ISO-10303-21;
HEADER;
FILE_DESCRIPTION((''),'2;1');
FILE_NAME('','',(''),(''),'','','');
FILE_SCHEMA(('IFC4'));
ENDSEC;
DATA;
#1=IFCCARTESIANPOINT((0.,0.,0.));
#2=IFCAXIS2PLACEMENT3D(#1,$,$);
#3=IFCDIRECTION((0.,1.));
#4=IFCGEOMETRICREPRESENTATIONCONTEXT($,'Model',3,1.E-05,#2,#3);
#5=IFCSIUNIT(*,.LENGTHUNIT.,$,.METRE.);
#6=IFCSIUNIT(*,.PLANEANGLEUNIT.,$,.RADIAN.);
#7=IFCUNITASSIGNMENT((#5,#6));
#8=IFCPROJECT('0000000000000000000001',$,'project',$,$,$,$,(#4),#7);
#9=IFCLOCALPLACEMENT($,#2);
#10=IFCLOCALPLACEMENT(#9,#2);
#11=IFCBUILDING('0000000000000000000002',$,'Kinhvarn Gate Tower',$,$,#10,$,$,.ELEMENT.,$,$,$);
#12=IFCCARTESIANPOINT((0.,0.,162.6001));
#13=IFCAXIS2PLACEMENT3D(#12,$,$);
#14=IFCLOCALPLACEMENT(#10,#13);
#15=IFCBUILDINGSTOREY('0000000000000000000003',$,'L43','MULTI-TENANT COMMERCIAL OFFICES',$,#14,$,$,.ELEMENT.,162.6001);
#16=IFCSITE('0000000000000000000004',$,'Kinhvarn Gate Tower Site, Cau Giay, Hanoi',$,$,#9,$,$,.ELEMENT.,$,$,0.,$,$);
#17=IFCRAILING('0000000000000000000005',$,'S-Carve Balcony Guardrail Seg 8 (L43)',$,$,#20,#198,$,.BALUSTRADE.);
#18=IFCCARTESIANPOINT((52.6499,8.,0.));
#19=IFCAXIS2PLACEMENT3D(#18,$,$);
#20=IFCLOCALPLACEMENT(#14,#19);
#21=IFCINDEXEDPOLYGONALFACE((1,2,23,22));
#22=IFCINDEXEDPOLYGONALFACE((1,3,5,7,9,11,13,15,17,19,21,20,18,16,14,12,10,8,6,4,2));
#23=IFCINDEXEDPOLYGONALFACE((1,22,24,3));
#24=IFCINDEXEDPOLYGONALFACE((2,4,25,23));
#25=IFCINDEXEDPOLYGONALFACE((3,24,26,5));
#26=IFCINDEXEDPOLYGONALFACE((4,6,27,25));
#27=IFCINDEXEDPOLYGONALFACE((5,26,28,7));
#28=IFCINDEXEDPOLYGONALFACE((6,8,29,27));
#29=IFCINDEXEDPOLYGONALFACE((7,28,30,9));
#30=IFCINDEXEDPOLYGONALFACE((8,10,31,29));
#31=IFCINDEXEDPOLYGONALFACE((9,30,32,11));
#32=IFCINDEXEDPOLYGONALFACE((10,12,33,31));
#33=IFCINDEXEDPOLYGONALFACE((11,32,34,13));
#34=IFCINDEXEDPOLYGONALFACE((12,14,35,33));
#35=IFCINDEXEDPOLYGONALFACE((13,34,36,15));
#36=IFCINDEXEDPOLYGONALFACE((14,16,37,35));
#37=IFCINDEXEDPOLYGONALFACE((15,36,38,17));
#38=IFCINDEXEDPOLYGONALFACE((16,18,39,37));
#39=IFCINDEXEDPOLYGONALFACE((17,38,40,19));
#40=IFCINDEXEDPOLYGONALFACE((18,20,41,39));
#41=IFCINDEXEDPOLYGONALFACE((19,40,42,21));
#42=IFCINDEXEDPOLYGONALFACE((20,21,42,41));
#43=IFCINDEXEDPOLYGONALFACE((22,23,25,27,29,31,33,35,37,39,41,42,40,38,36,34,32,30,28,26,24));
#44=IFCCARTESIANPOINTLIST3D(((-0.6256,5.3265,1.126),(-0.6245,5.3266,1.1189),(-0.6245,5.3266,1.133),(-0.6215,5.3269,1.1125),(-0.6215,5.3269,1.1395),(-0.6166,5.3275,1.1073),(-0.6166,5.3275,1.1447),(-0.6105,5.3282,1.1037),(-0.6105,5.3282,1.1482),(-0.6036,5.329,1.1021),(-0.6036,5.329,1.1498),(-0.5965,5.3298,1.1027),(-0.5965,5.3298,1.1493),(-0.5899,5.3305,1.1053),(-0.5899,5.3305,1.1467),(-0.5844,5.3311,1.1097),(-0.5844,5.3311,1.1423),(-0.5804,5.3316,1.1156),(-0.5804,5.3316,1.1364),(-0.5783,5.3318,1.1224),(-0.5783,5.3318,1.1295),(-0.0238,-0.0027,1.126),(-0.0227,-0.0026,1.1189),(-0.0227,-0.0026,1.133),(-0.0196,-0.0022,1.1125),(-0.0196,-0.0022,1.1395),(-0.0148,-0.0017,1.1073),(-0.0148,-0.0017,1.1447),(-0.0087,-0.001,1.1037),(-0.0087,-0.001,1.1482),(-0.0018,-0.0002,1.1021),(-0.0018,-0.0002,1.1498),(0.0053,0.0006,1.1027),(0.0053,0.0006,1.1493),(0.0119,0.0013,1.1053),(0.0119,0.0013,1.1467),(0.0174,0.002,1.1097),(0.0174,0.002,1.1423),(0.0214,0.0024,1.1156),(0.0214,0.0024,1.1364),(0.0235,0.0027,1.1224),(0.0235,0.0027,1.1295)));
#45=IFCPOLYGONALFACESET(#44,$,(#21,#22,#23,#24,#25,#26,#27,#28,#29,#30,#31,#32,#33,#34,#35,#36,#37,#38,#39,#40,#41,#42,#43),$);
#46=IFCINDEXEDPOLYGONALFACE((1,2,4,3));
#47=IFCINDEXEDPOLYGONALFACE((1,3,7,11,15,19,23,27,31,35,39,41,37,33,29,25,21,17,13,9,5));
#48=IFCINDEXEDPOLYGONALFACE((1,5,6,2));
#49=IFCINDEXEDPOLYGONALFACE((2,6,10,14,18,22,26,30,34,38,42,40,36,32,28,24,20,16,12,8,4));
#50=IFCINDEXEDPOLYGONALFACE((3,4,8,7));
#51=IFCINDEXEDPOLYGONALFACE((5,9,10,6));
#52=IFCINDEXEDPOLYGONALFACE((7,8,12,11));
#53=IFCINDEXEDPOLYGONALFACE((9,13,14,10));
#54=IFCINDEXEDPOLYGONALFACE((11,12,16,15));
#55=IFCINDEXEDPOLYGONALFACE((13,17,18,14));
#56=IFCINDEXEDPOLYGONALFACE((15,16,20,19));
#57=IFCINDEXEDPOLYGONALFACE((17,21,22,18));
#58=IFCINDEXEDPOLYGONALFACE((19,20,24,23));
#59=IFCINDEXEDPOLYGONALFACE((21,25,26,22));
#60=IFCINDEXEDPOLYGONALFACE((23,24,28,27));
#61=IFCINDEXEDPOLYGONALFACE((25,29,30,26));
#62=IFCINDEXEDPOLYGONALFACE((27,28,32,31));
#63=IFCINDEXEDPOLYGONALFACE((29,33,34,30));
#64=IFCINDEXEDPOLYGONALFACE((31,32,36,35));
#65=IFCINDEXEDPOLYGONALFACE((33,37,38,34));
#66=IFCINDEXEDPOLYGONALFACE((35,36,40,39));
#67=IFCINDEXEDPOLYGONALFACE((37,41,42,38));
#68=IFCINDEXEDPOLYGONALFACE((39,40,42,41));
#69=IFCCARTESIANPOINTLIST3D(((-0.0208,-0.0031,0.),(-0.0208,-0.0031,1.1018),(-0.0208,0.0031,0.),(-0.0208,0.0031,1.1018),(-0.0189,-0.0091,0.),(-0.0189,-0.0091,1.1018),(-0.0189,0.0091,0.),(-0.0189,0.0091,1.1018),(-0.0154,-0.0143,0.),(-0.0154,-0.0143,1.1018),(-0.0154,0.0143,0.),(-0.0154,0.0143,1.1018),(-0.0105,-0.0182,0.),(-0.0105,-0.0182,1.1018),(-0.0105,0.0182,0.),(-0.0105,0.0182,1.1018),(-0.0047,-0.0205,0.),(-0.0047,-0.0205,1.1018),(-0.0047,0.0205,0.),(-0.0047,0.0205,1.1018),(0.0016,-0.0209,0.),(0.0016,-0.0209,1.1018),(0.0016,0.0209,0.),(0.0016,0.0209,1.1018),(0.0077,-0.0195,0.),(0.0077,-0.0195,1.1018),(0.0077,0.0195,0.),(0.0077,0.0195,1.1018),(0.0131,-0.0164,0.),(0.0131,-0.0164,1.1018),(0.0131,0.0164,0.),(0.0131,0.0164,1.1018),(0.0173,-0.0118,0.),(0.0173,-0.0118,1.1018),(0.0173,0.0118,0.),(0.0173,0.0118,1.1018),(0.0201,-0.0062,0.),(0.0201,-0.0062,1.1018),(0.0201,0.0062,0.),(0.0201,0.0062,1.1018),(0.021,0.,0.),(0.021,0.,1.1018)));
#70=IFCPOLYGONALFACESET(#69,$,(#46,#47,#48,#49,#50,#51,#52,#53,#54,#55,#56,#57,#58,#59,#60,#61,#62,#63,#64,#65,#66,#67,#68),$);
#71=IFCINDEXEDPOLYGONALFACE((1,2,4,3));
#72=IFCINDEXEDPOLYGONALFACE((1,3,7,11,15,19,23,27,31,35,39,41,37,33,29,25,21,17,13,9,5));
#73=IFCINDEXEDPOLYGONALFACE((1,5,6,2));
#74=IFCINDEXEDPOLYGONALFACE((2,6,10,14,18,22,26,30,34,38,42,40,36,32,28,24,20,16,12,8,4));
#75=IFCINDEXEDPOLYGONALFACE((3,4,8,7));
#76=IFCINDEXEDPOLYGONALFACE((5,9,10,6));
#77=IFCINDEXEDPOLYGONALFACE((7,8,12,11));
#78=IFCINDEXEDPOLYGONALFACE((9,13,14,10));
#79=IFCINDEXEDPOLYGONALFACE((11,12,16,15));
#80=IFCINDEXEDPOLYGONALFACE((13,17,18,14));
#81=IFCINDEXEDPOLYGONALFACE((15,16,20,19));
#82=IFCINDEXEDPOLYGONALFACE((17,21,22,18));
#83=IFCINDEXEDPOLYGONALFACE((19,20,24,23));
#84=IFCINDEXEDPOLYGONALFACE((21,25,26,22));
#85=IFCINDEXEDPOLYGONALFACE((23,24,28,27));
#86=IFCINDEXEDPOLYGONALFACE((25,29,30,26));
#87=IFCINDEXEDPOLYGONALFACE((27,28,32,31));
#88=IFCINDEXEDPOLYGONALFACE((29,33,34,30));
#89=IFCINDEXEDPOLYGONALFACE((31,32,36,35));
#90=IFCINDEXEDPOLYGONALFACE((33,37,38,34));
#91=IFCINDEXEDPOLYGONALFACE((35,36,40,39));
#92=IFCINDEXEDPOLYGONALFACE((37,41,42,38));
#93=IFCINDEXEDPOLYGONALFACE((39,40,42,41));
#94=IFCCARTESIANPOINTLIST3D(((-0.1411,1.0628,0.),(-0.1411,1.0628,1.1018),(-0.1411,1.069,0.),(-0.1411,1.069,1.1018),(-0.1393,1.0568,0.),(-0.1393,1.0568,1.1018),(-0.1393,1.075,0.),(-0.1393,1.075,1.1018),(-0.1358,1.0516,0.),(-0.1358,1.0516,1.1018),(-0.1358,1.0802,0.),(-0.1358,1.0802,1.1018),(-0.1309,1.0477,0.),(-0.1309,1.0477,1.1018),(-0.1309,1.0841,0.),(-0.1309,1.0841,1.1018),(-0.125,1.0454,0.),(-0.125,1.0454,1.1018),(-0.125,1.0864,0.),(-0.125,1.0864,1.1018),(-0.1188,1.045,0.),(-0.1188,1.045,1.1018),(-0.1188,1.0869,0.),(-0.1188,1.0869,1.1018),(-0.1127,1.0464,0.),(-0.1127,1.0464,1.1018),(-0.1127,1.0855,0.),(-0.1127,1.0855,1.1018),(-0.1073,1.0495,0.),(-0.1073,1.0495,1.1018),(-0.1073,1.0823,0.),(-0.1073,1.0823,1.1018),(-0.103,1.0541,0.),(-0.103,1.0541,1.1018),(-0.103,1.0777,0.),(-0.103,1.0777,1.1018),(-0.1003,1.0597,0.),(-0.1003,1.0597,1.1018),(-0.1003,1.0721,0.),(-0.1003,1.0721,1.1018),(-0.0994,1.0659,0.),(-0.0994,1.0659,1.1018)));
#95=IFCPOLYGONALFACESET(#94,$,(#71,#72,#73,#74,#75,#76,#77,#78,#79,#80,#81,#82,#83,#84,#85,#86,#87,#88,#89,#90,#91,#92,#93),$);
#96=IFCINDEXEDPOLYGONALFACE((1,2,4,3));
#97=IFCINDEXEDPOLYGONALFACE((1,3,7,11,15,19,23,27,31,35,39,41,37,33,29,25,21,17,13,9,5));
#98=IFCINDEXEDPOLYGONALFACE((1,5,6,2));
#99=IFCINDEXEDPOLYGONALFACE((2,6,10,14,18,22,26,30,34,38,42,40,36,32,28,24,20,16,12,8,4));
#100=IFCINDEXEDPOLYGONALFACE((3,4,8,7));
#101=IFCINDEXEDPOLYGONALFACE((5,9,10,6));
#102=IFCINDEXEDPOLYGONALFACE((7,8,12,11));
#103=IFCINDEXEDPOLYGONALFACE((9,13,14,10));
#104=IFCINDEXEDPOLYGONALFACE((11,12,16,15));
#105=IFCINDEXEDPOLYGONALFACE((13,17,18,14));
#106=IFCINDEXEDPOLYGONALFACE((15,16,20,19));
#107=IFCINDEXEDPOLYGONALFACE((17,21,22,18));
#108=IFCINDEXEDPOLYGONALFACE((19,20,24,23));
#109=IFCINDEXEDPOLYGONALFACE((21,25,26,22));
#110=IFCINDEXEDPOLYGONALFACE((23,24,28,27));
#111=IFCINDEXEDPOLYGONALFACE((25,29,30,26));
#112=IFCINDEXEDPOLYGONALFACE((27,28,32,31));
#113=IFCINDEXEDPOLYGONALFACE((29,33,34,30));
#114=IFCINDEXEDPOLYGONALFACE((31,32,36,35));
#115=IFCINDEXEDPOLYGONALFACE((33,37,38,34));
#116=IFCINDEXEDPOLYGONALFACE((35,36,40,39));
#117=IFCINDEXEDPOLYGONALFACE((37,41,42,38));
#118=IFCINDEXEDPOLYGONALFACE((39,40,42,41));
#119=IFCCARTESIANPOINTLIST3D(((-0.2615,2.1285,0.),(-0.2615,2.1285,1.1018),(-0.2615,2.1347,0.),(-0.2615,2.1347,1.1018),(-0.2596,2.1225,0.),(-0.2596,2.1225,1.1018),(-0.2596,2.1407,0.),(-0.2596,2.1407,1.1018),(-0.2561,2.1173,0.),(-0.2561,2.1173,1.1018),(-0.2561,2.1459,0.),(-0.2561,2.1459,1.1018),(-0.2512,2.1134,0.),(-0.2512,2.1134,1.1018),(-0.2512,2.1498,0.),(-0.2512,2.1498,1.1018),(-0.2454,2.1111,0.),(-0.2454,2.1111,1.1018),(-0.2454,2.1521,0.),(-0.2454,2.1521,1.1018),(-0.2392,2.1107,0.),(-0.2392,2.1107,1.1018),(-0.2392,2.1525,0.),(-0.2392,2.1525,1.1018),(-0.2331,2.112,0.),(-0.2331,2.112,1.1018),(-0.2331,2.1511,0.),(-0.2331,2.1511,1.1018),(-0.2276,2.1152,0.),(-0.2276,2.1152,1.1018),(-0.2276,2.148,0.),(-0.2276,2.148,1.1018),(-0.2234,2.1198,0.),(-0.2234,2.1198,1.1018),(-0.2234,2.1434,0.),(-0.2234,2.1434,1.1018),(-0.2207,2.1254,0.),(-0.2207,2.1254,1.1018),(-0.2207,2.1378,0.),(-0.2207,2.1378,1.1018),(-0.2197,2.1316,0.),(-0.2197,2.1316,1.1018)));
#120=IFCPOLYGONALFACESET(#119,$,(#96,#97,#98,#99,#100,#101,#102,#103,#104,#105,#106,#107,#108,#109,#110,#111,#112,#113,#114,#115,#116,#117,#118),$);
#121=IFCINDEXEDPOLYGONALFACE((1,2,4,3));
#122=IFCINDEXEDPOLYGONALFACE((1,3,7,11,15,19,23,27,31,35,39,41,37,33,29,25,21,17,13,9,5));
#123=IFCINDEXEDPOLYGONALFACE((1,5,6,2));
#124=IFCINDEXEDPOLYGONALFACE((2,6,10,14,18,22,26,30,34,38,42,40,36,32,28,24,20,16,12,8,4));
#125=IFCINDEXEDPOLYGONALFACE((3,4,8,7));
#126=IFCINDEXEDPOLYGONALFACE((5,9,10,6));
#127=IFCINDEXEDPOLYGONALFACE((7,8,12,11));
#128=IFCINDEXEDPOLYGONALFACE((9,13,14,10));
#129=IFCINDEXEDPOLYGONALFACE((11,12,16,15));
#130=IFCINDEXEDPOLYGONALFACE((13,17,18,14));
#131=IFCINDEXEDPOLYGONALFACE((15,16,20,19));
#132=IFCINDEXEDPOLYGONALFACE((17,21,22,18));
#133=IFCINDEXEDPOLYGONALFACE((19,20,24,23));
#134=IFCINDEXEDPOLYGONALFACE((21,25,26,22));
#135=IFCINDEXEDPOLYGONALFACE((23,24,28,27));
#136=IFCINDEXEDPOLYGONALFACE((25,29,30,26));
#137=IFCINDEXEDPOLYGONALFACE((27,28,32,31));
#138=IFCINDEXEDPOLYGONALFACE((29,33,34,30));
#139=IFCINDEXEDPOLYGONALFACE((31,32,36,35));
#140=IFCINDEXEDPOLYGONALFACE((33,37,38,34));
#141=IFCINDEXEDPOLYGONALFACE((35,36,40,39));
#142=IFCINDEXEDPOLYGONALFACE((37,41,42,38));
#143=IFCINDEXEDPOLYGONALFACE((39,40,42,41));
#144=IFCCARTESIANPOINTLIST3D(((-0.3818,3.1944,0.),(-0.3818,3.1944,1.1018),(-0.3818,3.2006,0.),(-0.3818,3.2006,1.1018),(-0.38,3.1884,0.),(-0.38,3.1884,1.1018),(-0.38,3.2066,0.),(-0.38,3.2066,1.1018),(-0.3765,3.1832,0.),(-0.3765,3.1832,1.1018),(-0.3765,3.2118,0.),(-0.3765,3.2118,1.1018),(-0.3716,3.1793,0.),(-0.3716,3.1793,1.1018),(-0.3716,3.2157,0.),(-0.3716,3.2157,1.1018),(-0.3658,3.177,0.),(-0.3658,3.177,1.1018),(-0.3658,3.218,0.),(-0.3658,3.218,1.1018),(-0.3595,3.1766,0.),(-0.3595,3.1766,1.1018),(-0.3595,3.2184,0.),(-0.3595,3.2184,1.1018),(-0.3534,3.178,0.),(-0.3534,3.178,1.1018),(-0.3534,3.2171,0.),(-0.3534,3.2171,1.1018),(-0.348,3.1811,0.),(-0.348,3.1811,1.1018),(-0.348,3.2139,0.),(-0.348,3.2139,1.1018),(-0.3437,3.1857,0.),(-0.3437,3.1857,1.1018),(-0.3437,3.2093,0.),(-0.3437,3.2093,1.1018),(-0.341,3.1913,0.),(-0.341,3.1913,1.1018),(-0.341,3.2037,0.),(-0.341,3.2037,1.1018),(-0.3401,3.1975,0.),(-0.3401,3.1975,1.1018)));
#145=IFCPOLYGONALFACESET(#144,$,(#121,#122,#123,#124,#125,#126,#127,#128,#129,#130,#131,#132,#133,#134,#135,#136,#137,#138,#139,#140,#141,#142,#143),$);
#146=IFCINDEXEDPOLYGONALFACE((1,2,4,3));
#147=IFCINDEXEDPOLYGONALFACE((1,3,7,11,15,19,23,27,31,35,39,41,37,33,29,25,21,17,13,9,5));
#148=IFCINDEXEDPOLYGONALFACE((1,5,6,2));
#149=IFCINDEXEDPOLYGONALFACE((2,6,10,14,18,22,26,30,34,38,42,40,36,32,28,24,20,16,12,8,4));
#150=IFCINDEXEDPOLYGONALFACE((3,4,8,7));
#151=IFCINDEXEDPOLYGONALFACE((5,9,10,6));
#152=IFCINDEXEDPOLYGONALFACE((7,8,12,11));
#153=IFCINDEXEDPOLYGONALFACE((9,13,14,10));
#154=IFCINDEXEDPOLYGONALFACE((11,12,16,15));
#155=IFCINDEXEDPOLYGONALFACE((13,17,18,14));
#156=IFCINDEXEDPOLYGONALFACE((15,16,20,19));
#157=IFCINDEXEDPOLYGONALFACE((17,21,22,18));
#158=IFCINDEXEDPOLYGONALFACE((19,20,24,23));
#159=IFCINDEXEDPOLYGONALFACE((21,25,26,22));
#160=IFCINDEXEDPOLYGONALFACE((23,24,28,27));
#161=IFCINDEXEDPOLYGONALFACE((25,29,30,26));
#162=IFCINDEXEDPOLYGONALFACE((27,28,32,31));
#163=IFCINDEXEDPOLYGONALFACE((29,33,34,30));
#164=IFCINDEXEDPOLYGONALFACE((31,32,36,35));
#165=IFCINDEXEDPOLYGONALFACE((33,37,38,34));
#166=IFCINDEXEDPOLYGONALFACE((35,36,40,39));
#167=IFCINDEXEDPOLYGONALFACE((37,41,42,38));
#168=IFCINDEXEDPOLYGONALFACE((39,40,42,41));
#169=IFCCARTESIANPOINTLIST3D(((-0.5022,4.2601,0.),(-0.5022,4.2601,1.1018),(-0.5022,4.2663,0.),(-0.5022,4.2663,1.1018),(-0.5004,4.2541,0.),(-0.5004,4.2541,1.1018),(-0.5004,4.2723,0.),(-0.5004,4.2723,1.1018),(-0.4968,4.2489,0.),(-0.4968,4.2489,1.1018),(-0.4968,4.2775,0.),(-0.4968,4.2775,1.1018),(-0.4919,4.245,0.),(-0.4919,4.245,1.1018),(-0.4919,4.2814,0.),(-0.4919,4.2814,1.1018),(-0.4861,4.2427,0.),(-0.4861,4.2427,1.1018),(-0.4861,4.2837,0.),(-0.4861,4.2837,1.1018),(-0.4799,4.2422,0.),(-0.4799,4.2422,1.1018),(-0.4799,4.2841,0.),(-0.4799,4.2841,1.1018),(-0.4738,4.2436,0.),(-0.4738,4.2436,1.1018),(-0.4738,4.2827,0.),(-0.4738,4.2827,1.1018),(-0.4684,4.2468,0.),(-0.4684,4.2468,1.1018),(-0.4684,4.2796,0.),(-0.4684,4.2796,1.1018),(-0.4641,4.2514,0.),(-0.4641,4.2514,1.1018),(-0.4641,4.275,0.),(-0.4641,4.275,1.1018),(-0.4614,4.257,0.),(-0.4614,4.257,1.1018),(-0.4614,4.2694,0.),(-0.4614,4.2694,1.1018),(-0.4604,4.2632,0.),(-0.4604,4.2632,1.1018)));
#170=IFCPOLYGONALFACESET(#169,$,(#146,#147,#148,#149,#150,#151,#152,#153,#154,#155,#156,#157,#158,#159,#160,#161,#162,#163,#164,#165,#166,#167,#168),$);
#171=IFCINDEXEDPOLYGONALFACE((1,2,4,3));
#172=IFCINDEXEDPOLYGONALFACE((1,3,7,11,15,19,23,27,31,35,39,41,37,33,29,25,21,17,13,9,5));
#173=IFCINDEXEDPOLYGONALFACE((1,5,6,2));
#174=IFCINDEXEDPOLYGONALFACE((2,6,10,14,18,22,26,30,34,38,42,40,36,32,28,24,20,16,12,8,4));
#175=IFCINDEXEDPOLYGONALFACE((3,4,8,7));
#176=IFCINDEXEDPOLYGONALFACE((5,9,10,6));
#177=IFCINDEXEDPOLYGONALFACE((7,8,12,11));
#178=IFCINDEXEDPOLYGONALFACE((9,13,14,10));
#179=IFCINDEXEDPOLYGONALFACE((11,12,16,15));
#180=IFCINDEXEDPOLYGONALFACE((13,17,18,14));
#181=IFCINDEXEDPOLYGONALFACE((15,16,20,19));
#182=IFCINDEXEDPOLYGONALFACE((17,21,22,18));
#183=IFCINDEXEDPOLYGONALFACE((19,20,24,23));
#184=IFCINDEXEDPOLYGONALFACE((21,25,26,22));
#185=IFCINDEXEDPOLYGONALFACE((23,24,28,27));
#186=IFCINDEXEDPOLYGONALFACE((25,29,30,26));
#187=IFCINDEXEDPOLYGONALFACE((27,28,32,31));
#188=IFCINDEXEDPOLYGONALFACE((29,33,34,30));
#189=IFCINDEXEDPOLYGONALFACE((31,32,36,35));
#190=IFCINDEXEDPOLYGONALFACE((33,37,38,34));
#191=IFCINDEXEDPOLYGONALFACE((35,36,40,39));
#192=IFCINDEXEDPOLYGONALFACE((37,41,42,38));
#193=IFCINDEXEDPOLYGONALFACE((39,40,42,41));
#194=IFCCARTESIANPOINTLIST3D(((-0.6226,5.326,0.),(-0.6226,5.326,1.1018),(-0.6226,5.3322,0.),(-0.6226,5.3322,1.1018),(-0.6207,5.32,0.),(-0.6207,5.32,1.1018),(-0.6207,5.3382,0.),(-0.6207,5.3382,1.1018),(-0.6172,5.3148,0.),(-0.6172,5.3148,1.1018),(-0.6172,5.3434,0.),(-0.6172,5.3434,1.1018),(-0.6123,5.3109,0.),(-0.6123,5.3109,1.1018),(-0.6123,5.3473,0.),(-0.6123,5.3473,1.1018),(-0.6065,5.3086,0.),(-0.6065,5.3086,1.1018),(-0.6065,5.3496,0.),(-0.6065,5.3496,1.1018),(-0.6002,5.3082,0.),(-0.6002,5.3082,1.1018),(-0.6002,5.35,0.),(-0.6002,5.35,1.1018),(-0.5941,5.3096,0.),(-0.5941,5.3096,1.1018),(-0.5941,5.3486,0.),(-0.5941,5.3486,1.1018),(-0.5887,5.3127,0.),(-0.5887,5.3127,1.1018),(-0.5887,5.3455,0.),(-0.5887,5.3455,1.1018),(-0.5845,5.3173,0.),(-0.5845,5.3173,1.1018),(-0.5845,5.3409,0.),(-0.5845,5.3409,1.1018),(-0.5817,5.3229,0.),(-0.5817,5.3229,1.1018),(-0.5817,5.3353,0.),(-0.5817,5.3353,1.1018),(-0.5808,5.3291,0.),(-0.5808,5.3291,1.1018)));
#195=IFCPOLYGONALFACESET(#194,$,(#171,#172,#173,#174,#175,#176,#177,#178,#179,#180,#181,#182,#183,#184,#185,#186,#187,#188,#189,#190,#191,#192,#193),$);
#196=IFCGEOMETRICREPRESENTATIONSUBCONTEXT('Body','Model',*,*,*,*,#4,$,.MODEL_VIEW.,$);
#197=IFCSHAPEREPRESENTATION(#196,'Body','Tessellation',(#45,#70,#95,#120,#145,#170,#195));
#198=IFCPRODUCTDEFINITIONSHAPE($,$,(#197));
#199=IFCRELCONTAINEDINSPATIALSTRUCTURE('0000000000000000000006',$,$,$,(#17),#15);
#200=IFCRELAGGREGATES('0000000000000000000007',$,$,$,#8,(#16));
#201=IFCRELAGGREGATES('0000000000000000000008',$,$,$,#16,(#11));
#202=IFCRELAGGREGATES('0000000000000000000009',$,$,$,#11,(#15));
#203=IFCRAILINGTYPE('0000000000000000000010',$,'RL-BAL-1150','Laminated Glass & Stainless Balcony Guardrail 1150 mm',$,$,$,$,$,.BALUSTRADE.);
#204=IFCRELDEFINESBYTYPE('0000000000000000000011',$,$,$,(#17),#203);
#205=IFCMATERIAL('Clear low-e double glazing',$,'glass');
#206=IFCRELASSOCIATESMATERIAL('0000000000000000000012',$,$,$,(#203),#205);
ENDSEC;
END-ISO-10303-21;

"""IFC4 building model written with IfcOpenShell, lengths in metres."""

from ifc_helpers import new_model, si_unit, direction, frame, origin, origin_2d, place, context, subcontext, project, spatial, circle, extrude, material, type_object, element, save


model = new_model("IFC4")

# Units and contexts
model_context = context("Model", 3, precision=1e-05, world=origin(), true_north=direction((0.0, 1.0)))
body_context = subcontext(model_context, "Body", "Model", "MODEL_VIEW")
ifc_project = project(units=[si_unit("LENGTHUNIT", "METRE"), si_unit("PLANEANGLEUNIT", "RADIAN")], contexts=[model_context])

# Site, building, storey
site_placement = place(None, origin())
site = spatial("IfcSite", under=ifc_project, at=site_placement, Name="Kinhvarn Gate Tower Site, Cau Giay, Hanoi", CompositionType="ELEMENT", RefElevation=0.0)
building_placement = place(site_placement, origin())
building = spatial("IfcBuilding", under=site, at=building_placement, Name="Kinhvarn Gate Tower", CompositionType="ELEMENT")
storey_placement = place(building_placement, frame((0.0, 0.0, 162.6001)))
storey = spatial("IfcBuildingStorey", under=building, at=storey_placement, Name="L43", Description="MULTI-TENANT COMMERCIAL OFFICES", CompositionType="ELEMENT", Elevation=162.6001)

# Shared definitions
ifc_material_1 = material(Name="Clear low-e double glazing", Category="glass")

# Railing
railing_type = type_object("IfcRailingType", Name="RL-BAL-1150", Description="Laminated Glass & Stainless Balcony Guardrail 1150 mm", PredefinedType="BALUSTRADE", material=ifc_material_1)
railing_1_placement = place(storey_placement, frame((52.6499, 8.0, 0.0)))
element("IfcRailing", 1, at=railing_1_placement, inside=storey, type_object=railing_type, Name="S-Carve Balcony Guardrail Seg 8 (L43)", PredefinedType="BALUSTRADE", context=body_context, shape_type="SweptSolid", body=[
    extrude(circle(Radius=0.0239, at=origin_2d()), frame((0.0, 0.0, 1.126), z_axis=(-0.112215, 0.993684, 0.0), x_axis=(-0.993684, -0.112215, 0.0)), (0.0, 0.0, 1.0), 5.363),
    extrude(circle(Radius=0.021, at=origin_2d()), origin(), (0.0, 0.0, 1.0), 1.1018),
    extrude(circle(Radius=0.021, at=origin_2d()), frame((-0.1204, 1.0659, 0.0)), (0.0, 0.0, 1.0), 1.1018),
    extrude(circle(Radius=0.021, at=origin_2d()), frame((-0.2407, 2.1316, 0.0)), (0.0, 0.0, 1.0), 1.1018),
    extrude(circle(Radius=0.021, at=origin_2d()), frame((-0.3611, 3.1975, 0.0)), (0.0, 0.0, 1.0), 1.1018),
    extrude(circle(Radius=0.021, at=origin_2d()), frame((-0.4814, 4.2632, 0.0)), (0.0, 0.0, 1.0), 1.1018),
    extrude(circle(Radius=0.021, at=origin_2d()), frame((-0.6018, 5.3291, 0.0)), (0.0, 0.0, 1.0), 1.1018),
])

save(model, "model.ifc")
